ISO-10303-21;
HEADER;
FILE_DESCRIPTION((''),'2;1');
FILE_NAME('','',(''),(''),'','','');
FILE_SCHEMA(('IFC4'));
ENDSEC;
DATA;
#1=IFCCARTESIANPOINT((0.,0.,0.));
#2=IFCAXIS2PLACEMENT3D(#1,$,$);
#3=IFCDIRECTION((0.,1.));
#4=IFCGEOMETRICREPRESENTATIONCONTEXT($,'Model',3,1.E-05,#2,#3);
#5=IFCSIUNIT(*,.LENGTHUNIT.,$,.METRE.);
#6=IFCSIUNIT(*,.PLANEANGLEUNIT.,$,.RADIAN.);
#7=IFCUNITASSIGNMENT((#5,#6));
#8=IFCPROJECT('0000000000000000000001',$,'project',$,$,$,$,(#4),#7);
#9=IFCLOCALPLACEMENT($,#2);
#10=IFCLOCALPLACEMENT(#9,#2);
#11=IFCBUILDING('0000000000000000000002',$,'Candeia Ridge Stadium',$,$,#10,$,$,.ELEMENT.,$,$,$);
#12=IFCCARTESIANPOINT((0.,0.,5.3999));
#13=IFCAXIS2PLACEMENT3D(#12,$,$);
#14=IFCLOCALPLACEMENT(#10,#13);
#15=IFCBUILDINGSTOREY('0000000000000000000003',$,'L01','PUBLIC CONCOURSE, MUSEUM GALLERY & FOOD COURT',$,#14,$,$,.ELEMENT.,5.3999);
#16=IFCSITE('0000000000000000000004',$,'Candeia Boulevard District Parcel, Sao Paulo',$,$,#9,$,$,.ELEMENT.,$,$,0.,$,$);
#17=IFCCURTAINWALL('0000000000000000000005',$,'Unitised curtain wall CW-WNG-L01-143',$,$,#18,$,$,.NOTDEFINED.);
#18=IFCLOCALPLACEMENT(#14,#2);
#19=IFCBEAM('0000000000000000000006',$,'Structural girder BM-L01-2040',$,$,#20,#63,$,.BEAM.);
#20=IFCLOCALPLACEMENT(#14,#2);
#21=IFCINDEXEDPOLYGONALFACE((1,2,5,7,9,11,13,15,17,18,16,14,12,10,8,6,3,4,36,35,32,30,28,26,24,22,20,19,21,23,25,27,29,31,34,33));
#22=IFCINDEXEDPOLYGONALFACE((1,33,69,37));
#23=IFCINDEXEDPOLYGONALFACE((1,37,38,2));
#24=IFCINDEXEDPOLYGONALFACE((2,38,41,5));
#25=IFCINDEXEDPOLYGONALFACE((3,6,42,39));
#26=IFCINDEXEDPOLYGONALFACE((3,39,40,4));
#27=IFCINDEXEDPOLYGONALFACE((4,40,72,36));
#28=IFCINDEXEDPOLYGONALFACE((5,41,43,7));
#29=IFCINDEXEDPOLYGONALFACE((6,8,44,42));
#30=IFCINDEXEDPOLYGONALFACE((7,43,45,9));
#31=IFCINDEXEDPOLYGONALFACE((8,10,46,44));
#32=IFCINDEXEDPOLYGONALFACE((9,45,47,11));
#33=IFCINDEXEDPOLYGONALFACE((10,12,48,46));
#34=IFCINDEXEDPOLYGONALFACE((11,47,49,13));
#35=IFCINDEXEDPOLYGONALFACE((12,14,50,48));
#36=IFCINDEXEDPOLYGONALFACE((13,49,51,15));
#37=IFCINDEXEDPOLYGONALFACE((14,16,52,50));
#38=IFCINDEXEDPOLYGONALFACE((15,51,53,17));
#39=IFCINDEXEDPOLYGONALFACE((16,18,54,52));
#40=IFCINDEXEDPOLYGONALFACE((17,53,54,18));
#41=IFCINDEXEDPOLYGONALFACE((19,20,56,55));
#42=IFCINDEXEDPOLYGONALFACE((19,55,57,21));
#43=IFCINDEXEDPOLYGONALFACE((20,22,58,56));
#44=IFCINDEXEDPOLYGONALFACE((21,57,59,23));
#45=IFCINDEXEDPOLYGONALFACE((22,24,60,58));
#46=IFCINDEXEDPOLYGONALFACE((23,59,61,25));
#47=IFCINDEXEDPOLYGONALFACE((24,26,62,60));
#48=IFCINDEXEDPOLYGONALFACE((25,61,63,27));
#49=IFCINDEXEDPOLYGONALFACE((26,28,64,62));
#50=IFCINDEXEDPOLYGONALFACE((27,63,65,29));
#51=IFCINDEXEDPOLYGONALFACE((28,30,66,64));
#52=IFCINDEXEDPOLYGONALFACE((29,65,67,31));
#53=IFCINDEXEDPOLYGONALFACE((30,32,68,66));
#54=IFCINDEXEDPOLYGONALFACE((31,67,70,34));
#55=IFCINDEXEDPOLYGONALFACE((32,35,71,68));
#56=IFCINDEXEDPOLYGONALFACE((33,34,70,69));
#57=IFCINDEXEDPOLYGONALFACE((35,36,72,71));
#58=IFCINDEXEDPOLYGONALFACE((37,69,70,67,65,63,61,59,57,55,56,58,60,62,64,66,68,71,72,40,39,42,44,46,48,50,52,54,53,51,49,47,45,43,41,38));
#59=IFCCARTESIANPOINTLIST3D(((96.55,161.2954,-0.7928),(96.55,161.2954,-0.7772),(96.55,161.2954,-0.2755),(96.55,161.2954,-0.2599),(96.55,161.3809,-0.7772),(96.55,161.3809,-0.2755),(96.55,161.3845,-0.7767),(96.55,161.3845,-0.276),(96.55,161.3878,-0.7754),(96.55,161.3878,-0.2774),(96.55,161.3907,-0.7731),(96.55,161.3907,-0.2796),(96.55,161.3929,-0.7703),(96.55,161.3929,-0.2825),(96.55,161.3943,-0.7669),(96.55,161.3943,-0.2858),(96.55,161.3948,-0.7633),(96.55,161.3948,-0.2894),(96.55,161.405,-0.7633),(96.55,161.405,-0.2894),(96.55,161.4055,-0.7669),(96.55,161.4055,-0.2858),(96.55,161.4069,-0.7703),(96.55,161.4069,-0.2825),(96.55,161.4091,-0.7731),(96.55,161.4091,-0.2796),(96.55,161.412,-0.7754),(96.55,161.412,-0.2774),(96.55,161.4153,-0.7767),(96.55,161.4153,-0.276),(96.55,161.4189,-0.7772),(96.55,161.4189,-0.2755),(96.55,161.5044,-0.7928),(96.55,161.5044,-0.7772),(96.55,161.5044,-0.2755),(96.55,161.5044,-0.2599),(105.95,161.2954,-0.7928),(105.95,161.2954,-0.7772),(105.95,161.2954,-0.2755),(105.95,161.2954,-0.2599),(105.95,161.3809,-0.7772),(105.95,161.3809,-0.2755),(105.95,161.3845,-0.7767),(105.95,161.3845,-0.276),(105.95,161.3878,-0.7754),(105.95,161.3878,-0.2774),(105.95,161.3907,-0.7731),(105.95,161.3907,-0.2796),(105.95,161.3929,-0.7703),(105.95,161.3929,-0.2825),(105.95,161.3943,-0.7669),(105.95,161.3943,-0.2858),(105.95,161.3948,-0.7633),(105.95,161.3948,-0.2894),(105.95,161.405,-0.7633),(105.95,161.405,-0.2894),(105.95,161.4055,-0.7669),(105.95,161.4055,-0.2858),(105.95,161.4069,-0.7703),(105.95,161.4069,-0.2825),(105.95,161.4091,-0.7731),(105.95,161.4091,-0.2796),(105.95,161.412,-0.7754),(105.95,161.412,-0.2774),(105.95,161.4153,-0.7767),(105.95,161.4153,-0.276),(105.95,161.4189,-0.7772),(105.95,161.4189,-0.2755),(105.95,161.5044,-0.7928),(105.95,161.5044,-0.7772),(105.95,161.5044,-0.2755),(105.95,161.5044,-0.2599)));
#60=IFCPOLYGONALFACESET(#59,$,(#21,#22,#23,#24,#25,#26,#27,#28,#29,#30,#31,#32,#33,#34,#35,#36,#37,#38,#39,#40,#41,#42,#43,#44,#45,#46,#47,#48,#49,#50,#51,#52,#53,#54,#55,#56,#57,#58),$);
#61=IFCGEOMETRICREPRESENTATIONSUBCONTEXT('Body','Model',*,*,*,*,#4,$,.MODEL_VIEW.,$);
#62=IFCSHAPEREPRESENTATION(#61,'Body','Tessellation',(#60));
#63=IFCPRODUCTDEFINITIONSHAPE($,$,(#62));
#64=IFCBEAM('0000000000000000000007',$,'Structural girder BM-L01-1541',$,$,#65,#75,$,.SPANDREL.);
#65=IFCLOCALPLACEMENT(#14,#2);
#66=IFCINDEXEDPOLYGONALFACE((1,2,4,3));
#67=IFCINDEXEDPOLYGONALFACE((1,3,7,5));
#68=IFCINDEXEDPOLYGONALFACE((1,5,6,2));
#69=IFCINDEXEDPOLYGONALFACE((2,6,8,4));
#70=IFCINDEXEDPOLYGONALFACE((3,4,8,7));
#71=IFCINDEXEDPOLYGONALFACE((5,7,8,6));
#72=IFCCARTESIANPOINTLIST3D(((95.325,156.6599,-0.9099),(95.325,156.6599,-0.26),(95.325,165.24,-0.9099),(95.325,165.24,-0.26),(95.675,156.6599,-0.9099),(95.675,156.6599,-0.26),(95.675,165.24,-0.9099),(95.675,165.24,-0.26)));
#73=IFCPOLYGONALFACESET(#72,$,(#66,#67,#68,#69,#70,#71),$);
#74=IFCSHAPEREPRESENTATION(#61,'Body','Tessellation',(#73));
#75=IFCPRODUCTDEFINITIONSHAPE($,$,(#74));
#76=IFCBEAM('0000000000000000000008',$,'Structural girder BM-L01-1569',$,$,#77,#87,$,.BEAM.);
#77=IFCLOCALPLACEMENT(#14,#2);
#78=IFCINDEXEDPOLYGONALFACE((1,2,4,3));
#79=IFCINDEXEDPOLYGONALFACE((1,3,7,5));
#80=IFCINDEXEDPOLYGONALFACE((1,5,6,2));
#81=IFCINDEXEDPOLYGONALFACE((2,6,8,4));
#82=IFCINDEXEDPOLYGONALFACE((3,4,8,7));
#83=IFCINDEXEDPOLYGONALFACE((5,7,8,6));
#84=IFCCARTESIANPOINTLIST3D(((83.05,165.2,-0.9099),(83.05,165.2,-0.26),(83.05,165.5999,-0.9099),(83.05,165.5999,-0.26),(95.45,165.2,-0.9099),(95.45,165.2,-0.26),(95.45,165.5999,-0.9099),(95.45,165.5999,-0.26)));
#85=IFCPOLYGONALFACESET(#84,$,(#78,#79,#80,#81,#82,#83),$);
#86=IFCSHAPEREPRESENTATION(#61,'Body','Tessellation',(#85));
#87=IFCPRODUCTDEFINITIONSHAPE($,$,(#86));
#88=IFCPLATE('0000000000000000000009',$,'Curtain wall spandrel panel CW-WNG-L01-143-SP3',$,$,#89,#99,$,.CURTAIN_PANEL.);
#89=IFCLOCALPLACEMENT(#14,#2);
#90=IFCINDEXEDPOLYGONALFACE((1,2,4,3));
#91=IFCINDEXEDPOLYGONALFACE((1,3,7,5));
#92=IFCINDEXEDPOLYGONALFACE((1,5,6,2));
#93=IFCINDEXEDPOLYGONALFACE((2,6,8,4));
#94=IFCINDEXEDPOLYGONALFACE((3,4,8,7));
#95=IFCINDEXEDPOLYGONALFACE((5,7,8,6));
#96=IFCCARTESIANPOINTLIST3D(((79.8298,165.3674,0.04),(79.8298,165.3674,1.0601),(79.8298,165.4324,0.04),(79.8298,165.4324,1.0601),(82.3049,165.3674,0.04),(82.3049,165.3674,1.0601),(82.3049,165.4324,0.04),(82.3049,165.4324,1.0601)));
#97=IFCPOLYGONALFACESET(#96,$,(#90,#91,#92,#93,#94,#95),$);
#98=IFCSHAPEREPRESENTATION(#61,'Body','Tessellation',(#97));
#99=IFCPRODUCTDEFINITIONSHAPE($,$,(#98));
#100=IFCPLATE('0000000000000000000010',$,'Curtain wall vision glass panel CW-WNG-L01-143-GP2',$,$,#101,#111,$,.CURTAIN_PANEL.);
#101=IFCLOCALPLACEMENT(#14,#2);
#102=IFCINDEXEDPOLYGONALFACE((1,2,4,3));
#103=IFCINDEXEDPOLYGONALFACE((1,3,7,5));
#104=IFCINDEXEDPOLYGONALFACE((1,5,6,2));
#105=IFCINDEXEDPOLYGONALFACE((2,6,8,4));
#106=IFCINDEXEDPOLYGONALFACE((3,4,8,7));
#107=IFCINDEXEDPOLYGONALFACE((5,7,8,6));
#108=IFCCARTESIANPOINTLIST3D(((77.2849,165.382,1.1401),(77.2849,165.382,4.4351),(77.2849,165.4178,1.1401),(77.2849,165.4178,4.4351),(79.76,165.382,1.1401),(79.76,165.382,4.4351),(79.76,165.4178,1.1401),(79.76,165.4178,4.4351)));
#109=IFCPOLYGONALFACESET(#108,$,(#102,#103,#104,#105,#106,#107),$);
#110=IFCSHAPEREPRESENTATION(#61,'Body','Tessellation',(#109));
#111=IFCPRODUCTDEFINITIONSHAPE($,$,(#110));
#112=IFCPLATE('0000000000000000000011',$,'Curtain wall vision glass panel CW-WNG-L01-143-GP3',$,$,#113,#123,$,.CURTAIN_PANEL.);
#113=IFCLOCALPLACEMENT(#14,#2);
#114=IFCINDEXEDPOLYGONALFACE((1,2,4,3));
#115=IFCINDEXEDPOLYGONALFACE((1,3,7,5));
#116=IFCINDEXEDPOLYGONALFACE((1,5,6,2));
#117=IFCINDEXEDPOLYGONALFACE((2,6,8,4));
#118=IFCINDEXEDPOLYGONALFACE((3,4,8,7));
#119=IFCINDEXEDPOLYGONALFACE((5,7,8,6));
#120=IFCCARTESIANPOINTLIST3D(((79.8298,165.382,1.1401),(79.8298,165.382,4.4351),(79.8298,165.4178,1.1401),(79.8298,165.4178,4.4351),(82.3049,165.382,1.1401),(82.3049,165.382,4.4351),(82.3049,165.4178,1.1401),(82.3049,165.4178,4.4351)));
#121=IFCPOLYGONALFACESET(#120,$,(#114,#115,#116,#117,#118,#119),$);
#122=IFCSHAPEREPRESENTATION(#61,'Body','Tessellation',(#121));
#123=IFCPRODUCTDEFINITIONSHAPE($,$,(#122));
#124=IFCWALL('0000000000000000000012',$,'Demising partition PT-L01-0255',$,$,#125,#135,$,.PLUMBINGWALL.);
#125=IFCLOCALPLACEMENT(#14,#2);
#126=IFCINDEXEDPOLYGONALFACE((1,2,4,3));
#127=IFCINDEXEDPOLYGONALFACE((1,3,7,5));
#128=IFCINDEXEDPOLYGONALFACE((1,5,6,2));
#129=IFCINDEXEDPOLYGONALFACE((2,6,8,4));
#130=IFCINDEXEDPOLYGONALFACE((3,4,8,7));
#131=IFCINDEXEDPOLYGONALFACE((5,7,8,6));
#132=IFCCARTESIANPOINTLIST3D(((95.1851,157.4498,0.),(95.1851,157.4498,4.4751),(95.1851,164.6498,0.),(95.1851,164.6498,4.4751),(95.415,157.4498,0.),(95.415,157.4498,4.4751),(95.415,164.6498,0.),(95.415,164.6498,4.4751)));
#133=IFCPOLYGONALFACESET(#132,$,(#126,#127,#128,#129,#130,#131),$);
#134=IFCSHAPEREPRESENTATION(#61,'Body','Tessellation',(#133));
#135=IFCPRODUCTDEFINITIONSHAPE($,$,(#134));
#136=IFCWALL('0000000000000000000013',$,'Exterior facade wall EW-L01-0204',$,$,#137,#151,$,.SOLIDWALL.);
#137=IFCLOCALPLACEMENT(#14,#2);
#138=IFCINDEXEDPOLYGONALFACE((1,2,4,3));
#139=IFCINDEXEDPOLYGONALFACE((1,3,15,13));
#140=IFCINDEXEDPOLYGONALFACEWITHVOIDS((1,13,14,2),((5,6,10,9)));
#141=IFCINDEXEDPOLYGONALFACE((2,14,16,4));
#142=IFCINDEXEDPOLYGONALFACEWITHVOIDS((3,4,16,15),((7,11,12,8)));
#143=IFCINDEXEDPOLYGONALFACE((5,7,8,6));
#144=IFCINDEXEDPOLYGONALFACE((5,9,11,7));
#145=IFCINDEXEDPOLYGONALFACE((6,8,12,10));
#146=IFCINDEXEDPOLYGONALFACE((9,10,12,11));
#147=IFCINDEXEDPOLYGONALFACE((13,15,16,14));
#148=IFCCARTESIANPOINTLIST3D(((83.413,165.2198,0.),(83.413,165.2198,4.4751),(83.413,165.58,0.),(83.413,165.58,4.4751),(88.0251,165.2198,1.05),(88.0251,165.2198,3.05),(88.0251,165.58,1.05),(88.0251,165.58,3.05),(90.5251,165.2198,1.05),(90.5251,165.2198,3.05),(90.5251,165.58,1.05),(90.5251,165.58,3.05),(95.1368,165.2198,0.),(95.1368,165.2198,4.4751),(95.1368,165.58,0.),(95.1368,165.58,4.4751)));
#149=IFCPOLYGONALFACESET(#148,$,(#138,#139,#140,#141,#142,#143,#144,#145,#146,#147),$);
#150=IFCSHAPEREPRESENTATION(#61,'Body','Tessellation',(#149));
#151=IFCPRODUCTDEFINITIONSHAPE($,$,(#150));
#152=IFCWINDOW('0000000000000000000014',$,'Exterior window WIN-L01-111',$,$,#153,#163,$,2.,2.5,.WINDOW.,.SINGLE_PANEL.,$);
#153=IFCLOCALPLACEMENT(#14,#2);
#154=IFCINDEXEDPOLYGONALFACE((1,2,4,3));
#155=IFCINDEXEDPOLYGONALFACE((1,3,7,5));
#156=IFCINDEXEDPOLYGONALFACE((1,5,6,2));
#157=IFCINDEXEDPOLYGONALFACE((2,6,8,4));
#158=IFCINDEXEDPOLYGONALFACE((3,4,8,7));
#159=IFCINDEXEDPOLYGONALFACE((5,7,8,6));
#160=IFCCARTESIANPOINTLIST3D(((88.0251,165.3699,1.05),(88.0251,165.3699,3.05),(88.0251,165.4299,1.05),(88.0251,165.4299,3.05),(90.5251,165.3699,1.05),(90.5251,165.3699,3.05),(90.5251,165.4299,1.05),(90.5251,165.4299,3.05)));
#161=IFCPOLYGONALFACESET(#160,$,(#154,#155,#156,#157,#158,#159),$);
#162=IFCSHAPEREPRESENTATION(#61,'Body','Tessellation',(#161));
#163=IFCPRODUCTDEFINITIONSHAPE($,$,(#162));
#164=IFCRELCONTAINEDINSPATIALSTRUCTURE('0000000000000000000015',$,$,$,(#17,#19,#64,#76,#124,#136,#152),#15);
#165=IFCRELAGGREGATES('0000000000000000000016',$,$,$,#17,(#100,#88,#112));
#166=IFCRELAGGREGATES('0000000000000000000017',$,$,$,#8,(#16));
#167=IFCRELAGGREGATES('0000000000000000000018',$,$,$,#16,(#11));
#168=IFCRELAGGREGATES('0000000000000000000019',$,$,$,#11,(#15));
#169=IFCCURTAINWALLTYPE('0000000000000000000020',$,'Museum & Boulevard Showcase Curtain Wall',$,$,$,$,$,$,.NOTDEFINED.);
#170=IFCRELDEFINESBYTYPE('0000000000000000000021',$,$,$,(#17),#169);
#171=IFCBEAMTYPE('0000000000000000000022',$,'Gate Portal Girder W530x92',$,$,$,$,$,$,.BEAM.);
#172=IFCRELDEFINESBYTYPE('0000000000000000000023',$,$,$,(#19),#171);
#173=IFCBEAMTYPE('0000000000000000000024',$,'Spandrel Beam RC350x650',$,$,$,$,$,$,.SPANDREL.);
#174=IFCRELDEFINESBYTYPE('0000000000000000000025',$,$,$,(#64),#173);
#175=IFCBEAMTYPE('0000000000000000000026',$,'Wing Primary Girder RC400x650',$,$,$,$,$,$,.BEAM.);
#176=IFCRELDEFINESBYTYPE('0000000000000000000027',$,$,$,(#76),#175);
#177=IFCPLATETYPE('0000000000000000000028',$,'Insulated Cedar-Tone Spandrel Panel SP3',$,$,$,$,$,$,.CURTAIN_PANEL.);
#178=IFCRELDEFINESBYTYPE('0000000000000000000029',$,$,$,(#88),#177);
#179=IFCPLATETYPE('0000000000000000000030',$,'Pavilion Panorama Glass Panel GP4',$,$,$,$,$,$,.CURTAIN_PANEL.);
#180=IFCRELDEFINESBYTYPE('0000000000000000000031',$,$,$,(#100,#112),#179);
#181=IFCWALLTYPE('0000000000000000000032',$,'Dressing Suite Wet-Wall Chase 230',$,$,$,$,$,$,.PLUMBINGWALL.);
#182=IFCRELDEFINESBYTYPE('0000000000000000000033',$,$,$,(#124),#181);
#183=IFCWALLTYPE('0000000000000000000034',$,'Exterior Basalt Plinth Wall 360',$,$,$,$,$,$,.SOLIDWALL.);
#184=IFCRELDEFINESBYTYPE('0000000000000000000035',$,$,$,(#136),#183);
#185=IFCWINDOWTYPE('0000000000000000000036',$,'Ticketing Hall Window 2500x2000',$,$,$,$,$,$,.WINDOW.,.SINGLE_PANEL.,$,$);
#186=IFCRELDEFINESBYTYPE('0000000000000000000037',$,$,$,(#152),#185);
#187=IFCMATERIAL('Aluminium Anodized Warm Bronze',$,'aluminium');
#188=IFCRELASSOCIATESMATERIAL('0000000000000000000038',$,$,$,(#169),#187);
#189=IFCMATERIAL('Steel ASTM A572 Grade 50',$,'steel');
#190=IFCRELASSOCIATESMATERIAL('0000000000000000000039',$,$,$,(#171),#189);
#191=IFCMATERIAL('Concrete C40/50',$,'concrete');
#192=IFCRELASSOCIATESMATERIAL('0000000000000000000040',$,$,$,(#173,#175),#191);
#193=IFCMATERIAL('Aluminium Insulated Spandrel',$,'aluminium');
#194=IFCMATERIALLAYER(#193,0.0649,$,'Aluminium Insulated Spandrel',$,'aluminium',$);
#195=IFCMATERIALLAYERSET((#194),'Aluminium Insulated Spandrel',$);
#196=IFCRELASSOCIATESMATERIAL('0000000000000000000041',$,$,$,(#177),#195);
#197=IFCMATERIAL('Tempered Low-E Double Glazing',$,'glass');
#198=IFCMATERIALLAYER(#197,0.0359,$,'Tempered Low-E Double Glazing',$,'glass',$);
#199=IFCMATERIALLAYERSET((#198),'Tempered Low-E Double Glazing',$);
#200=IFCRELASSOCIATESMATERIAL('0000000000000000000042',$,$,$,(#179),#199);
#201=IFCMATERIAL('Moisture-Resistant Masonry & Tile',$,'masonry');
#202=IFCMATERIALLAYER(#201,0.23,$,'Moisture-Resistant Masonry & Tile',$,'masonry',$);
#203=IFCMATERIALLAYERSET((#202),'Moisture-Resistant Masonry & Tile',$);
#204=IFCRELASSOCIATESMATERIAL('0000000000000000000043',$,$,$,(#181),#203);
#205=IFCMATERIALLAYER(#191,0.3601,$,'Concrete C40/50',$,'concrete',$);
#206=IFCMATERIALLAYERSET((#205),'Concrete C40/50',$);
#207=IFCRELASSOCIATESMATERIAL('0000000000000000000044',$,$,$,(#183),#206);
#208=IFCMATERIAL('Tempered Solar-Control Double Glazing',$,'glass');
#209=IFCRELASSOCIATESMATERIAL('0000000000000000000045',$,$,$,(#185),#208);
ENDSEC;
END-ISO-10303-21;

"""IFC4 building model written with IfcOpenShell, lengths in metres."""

from ifc_helpers import new_model, si_unit, direction, frame, frame_2d, origin, origin_2d, place, context, subcontext, project, spatial, rectangle, i_section, extrude, material, layer, layer_set, material_profile, profile_set, type_object, element, fill, aggregate, save


model = new_model("IFC4")

# Units and contexts
model_context = context("Model", 3, precision=1e-05, world=origin(), true_north=direction((0.0, 1.0)))
body_context = subcontext(model_context, "Body", "Model", "MODEL_VIEW")
ifc_project = project(units=[si_unit("LENGTHUNIT", "METRE"), si_unit("PLANEANGLEUNIT", "RADIAN")], contexts=[model_context])

# Site, building, storey
site_placement = place(None, origin())
site = spatial("IfcSite", under=ifc_project, at=site_placement, Name="Candeia Boulevard District Parcel, Sao Paulo", CompositionType="ELEMENT", RefElevation=0.0)
building_placement = place(site_placement, origin())
building = spatial("IfcBuilding", under=site, at=building_placement, Name="Candeia Ridge Stadium", CompositionType="ELEMENT")
storey_placement = place(building_placement, frame((0.0, 0.0, 5.3999)))
storey = spatial("IfcBuildingStorey", under=building, at=storey_placement, Name="L01", Description="PUBLIC CONCOURSE, MUSEUM GALLERY & FOOD COURT", CompositionType="ELEMENT", Elevation=5.3999)

# Shared definitions
ifc_material_1 = material(Name="Steel ASTM A572 Grade 50", Category="steel")
ifc_material_2 = material(Name="Concrete C40/50", Category="concrete")

# Curtain wall
ifc_material_3 = material(Name="Aluminium Anodized Warm Bronze", Category="aluminium")
curtain_wall_type = type_object("IfcCurtainWallType", Name="Museum & Boulevard Showcase Curtain Wall", PredefinedType="NOTDEFINED", material=ifc_material_3)
curtain_wall_placement = place(storey_placement, origin())
curtain_wall = element("IfcCurtainWall", 1, at=curtain_wall_placement, inside=storey, type_object=curtain_wall_type, Name="Unitised curtain wall CW-WNG-L01-143", PredefinedType="NOTDEFINED")

# Beams
ifc_material_profile_1 = material_profile(ifc_material_1, i_section(OverallWidth=0.209, OverallDepth=0.533, WebThickness=0.0103, FlangeThickness=0.0156, FilletRadius=0.0139, at=origin_2d()), Name="W530x92", Category="steel")
ifc_profile_set_1 = profile_set([ifc_material_profile_1], Name="Steel ASTM A572 Grade 50")
beam_type_1 = type_object("IfcBeamType", Name="Gate Portal Girder W530x92", PredefinedType="BEAM", material=ifc_profile_set_1)
beam_1_placement = place(storey_placement, frame((96.55, 161.3999, -0.5264), z_axis=(1.0, 0.0, 0.0), x_axis=(0.0, 1.0, 0.0)))
element("IfcBeam", 2, at=beam_1_placement, inside=storey, type_object=beam_type_1, Name="Structural girder BM-L01-2040", PredefinedType="BEAM", context=body_context, shape_type="SweptSolid", body=[
    extrude(i_section(OverallWidth=0.209, OverallDepth=0.533, WebThickness=0.0103, FlangeThickness=0.0156, FilletRadius=0.0139, at=origin_2d()), origin(), (0.0, 0.0, 1.0), 9.3999),
])
ifc_material_profile_2 = material_profile(ifc_material_2, rectangle(XDim=0.3501, YDim=0.6499, at=origin_2d()), Name="RC350x650", Category="concrete")
ifc_profile_set_2 = profile_set([ifc_material_profile_2], Name="Concrete C40/50")
beam_type_2 = type_object("IfcBeamType", Name="Spandrel Beam RC350x650", PredefinedType="SPANDREL", material=ifc_profile_set_2)
beam_2_placement = place(storey_placement, frame((95.5, 156.6599, -0.585), z_axis=(0.0, 1.0, 0.0), x_axis=(-1.0, 0.0, 0.0)))
element("IfcBeam", 3, at=beam_2_placement, inside=storey, type_object=beam_type_2, Name="Structural girder BM-L01-1541", PredefinedType="SPANDREL", context=body_context, shape_type="SweptSolid", body=[
    extrude(rectangle(XDim=0.3501, YDim=0.6499, at=origin_2d()), origin(), (0.0, 0.0, 1.0), 8.5801),
])
ifc_material_profile_3 = material_profile(ifc_material_2, rectangle(XDim=0.3999, YDim=0.6499, at=origin_2d()), Name="RC400x650", Category="concrete")
ifc_profile_set_3 = profile_set([ifc_material_profile_3], Name="Concrete C40/50")
beam_type_3 = type_object("IfcBeamType", Name="Wing Primary Girder RC400x650", PredefinedType="BEAM", material=ifc_profile_set_3)
beam_3_placement = place(storey_placement, frame((83.05, 165.3999, -0.585), z_axis=(1.0, 0.0, 0.0), x_axis=(0.0, 1.0, 0.0)))
element("IfcBeam", 4, at=beam_3_placement, inside=storey, type_object=beam_type_3, Name="Structural girder BM-L01-1569", PredefinedType="BEAM", context=body_context, shape_type="SweptSolid", body=[
    extrude(rectangle(XDim=0.3999, YDim=0.6499, at=origin_2d()), origin(), (0.0, 0.0, 1.0), 12.3999),
])

# Plates
ifc_material_4 = material(Name="Aluminium Insulated Spandrel", Category="aluminium")
ifc_layer_1 = layer(ifc_material_4, 0.0649, Name="Aluminium Insulated Spandrel", Category="aluminium")
ifc_layer_set_1 = layer_set([ifc_layer_1], Name="Aluminium Insulated Spandrel")
plate_type_1 = type_object("IfcPlateType", Name="Insulated Cedar-Tone Spandrel Panel SP3", PredefinedType="CURTAIN_PANEL", material=ifc_layer_set_1)
plate_1_placement = place(storey_placement, frame((81.0674, 165.3999, 0.04), z_axis=(0.0, 0.0, 1.0), x_axis=(1.0, 0.0, 0.0)))
plate_1 = element("IfcPlate", 5, at=plate_1_placement, type_object=plate_type_1, Name="Curtain wall spandrel panel CW-WNG-L01-143-SP3", PredefinedType="CURTAIN_PANEL", context=body_context, shape_type="SweptSolid", body=[
    extrude(rectangle(XDim=2.4751, YDim=0.0649, at=origin_2d()), origin(), (0.0, 0.0, 1.0), 1.02),
])
ifc_material_5 = material(Name="Tempered Low-E Double Glazing", Category="glass")
ifc_layer_2 = layer(ifc_material_5, 0.0359, Name="Tempered Low-E Double Glazing", Category="glass")
ifc_layer_set_2 = layer_set([ifc_layer_2], Name="Tempered Low-E Double Glazing")
plate_type_2 = type_object("IfcPlateType", Name="Pavilion Panorama Glass Panel GP4", PredefinedType="CURTAIN_PANEL", material=ifc_layer_set_2)
plate_2_placement = place(storey_placement, frame((78.5225, 165.3999, 1.1401), z_axis=(0.0, 0.0, 1.0), x_axis=(1.0, 0.0, 0.0)))
plate_2 = element("IfcPlate", 6, at=plate_2_placement, type_object=plate_type_2, Name="Curtain wall vision glass panel CW-WNG-L01-143-GP2", PredefinedType="CURTAIN_PANEL", context=body_context, shape_type="SweptSolid", body=[
    extrude(rectangle(XDim=2.4751, YDim=0.0359, at=origin_2d()), origin(), (0.0, 0.0, 1.0), 3.2949),
])
plate_3_placement = place(storey_placement, frame((81.0674, 165.3999, 1.1401), z_axis=(0.0, 0.0, 1.0), x_axis=(1.0, 0.0, 0.0)))
plate_3 = element("IfcPlate", 7, at=plate_3_placement, type_object=plate_type_2, Name="Curtain wall vision glass panel CW-WNG-L01-143-GP3", PredefinedType="CURTAIN_PANEL", context=body_context, shape_type="SweptSolid", body=[
    extrude(rectangle(XDim=2.4751, YDim=0.0359, at=origin_2d()), origin(), (0.0, 0.0, 1.0), 3.2949),
])
aggregate(curtain_wall, [plate_2, plate_1, plate_3])

# Wall
ifc_material_6 = material(Name="Moisture-Resistant Masonry & Tile", Category="masonry")
ifc_layer_3 = layer(ifc_material_6, 0.23, Name="Moisture-Resistant Masonry & Tile", Category="masonry")
ifc_layer_set_3 = layer_set([ifc_layer_3], Name="Moisture-Resistant Masonry & Tile")
wall_type_1 = type_object("IfcWallType", Name="Dressing Suite Wet-Wall Chase 230", PredefinedType="PLUMBINGWALL", material=ifc_layer_set_3)
wall_1_placement = place(storey_placement, frame((95.3, 164.6499, 0.0), z_axis=(0.0, 0.0, 1.0), x_axis=(0.0, -1.0, 0.0)))
element("IfcWall", 8, at=wall_1_placement, inside=storey, type_object=wall_type_1, Name="Demising partition PT-L01-0255", PredefinedType="PLUMBINGWALL", context=body_context, shape_type="SweptSolid", body=[
    extrude(rectangle(XDim=7.2, YDim=0.23, at=frame_2d((3.6001, 0.0))), origin(), (0.0, 0.0, 1.0), 4.4751),
])

# Wall, opening, window
ifc_layer_4 = layer(ifc_material_2, 0.3601, Name="Concrete C40/50", Category="concrete")
ifc_layer_set_4 = layer_set([ifc_layer_4], Name="Concrete C40/50")
wall_type_2 = type_object("IfcWallType", Name="Exterior Basalt Plinth Wall 360", PredefinedType="SOLIDWALL", material=ifc_layer_set_4)
wall_2_placement = place(storey_placement, frame((83.4131, 165.3999, 0.0), z_axis=(0.0, 0.0, 1.0), x_axis=(1.0, 0.0, 0.0)))
wall_2 = element("IfcWall", 9, at=wall_2_placement, inside=storey, type_object=wall_type_2, Name="Exterior facade wall EW-L01-0204", PredefinedType="SOLIDWALL", context=body_context, shape_type="SweptSolid", body=[
    extrude(rectangle(XDim=11.7239, YDim=0.3601, at=frame_2d((5.8618, 0.0))), origin(), (0.0, 0.0, 1.0), 4.4751),
])
opening_1_placement = place(wall_2_placement, frame((4.6121, 0.0, 1.05)))
opening_1 = element("IfcOpeningElement", 10, at=opening_1_placement, cuts=wall_2, PredefinedType="OPENING", context=body_context, shape_type="SweptSolid", body=[
    extrude(rectangle(XDim=2.5, YDim=2.0, at=frame_2d((1.25, 1.0))), frame((0.0, 0.1899, 0.0), z_axis=(0.0, -1.0, 0.0), x_axis=(1.0, 0.0, 0.0)), (0.0, 0.0, 1.0), 0.3801),
])
ifc_material_7 = material(Name="Tempered Solar-Control Double Glazing", Category="glass")
window_type = type_object("IfcWindowType", Name="Ticketing Hall Window 2500x2000", PartitioningType="SINGLE_PANEL", PredefinedType="WINDOW", material=ifc_material_7)
window_placement = place(opening_1_placement, origin())
window = element("IfcWindow", 11, at=window_placement, inside=storey, type_object=window_type, Name="Exterior window WIN-L01-111", OverallHeight=2.0, OverallWidth=2.5, PartitioningType="SINGLE_PANEL", PredefinedType="WINDOW", context=body_context, shape_type="SweptSolid", body=[
    extrude(rectangle(XDim=2.5, YDim=2.0, at=frame_2d((1.25, 1.0))), frame((0.0, 0.03, 0.0), z_axis=(0.0, -1.0, 0.0), x_axis=(1.0, 0.0, 0.0)), (0.0, 0.0, 1.0), 0.0601),
])
fill(opening_1, window)

save(model, "model.ifc")
